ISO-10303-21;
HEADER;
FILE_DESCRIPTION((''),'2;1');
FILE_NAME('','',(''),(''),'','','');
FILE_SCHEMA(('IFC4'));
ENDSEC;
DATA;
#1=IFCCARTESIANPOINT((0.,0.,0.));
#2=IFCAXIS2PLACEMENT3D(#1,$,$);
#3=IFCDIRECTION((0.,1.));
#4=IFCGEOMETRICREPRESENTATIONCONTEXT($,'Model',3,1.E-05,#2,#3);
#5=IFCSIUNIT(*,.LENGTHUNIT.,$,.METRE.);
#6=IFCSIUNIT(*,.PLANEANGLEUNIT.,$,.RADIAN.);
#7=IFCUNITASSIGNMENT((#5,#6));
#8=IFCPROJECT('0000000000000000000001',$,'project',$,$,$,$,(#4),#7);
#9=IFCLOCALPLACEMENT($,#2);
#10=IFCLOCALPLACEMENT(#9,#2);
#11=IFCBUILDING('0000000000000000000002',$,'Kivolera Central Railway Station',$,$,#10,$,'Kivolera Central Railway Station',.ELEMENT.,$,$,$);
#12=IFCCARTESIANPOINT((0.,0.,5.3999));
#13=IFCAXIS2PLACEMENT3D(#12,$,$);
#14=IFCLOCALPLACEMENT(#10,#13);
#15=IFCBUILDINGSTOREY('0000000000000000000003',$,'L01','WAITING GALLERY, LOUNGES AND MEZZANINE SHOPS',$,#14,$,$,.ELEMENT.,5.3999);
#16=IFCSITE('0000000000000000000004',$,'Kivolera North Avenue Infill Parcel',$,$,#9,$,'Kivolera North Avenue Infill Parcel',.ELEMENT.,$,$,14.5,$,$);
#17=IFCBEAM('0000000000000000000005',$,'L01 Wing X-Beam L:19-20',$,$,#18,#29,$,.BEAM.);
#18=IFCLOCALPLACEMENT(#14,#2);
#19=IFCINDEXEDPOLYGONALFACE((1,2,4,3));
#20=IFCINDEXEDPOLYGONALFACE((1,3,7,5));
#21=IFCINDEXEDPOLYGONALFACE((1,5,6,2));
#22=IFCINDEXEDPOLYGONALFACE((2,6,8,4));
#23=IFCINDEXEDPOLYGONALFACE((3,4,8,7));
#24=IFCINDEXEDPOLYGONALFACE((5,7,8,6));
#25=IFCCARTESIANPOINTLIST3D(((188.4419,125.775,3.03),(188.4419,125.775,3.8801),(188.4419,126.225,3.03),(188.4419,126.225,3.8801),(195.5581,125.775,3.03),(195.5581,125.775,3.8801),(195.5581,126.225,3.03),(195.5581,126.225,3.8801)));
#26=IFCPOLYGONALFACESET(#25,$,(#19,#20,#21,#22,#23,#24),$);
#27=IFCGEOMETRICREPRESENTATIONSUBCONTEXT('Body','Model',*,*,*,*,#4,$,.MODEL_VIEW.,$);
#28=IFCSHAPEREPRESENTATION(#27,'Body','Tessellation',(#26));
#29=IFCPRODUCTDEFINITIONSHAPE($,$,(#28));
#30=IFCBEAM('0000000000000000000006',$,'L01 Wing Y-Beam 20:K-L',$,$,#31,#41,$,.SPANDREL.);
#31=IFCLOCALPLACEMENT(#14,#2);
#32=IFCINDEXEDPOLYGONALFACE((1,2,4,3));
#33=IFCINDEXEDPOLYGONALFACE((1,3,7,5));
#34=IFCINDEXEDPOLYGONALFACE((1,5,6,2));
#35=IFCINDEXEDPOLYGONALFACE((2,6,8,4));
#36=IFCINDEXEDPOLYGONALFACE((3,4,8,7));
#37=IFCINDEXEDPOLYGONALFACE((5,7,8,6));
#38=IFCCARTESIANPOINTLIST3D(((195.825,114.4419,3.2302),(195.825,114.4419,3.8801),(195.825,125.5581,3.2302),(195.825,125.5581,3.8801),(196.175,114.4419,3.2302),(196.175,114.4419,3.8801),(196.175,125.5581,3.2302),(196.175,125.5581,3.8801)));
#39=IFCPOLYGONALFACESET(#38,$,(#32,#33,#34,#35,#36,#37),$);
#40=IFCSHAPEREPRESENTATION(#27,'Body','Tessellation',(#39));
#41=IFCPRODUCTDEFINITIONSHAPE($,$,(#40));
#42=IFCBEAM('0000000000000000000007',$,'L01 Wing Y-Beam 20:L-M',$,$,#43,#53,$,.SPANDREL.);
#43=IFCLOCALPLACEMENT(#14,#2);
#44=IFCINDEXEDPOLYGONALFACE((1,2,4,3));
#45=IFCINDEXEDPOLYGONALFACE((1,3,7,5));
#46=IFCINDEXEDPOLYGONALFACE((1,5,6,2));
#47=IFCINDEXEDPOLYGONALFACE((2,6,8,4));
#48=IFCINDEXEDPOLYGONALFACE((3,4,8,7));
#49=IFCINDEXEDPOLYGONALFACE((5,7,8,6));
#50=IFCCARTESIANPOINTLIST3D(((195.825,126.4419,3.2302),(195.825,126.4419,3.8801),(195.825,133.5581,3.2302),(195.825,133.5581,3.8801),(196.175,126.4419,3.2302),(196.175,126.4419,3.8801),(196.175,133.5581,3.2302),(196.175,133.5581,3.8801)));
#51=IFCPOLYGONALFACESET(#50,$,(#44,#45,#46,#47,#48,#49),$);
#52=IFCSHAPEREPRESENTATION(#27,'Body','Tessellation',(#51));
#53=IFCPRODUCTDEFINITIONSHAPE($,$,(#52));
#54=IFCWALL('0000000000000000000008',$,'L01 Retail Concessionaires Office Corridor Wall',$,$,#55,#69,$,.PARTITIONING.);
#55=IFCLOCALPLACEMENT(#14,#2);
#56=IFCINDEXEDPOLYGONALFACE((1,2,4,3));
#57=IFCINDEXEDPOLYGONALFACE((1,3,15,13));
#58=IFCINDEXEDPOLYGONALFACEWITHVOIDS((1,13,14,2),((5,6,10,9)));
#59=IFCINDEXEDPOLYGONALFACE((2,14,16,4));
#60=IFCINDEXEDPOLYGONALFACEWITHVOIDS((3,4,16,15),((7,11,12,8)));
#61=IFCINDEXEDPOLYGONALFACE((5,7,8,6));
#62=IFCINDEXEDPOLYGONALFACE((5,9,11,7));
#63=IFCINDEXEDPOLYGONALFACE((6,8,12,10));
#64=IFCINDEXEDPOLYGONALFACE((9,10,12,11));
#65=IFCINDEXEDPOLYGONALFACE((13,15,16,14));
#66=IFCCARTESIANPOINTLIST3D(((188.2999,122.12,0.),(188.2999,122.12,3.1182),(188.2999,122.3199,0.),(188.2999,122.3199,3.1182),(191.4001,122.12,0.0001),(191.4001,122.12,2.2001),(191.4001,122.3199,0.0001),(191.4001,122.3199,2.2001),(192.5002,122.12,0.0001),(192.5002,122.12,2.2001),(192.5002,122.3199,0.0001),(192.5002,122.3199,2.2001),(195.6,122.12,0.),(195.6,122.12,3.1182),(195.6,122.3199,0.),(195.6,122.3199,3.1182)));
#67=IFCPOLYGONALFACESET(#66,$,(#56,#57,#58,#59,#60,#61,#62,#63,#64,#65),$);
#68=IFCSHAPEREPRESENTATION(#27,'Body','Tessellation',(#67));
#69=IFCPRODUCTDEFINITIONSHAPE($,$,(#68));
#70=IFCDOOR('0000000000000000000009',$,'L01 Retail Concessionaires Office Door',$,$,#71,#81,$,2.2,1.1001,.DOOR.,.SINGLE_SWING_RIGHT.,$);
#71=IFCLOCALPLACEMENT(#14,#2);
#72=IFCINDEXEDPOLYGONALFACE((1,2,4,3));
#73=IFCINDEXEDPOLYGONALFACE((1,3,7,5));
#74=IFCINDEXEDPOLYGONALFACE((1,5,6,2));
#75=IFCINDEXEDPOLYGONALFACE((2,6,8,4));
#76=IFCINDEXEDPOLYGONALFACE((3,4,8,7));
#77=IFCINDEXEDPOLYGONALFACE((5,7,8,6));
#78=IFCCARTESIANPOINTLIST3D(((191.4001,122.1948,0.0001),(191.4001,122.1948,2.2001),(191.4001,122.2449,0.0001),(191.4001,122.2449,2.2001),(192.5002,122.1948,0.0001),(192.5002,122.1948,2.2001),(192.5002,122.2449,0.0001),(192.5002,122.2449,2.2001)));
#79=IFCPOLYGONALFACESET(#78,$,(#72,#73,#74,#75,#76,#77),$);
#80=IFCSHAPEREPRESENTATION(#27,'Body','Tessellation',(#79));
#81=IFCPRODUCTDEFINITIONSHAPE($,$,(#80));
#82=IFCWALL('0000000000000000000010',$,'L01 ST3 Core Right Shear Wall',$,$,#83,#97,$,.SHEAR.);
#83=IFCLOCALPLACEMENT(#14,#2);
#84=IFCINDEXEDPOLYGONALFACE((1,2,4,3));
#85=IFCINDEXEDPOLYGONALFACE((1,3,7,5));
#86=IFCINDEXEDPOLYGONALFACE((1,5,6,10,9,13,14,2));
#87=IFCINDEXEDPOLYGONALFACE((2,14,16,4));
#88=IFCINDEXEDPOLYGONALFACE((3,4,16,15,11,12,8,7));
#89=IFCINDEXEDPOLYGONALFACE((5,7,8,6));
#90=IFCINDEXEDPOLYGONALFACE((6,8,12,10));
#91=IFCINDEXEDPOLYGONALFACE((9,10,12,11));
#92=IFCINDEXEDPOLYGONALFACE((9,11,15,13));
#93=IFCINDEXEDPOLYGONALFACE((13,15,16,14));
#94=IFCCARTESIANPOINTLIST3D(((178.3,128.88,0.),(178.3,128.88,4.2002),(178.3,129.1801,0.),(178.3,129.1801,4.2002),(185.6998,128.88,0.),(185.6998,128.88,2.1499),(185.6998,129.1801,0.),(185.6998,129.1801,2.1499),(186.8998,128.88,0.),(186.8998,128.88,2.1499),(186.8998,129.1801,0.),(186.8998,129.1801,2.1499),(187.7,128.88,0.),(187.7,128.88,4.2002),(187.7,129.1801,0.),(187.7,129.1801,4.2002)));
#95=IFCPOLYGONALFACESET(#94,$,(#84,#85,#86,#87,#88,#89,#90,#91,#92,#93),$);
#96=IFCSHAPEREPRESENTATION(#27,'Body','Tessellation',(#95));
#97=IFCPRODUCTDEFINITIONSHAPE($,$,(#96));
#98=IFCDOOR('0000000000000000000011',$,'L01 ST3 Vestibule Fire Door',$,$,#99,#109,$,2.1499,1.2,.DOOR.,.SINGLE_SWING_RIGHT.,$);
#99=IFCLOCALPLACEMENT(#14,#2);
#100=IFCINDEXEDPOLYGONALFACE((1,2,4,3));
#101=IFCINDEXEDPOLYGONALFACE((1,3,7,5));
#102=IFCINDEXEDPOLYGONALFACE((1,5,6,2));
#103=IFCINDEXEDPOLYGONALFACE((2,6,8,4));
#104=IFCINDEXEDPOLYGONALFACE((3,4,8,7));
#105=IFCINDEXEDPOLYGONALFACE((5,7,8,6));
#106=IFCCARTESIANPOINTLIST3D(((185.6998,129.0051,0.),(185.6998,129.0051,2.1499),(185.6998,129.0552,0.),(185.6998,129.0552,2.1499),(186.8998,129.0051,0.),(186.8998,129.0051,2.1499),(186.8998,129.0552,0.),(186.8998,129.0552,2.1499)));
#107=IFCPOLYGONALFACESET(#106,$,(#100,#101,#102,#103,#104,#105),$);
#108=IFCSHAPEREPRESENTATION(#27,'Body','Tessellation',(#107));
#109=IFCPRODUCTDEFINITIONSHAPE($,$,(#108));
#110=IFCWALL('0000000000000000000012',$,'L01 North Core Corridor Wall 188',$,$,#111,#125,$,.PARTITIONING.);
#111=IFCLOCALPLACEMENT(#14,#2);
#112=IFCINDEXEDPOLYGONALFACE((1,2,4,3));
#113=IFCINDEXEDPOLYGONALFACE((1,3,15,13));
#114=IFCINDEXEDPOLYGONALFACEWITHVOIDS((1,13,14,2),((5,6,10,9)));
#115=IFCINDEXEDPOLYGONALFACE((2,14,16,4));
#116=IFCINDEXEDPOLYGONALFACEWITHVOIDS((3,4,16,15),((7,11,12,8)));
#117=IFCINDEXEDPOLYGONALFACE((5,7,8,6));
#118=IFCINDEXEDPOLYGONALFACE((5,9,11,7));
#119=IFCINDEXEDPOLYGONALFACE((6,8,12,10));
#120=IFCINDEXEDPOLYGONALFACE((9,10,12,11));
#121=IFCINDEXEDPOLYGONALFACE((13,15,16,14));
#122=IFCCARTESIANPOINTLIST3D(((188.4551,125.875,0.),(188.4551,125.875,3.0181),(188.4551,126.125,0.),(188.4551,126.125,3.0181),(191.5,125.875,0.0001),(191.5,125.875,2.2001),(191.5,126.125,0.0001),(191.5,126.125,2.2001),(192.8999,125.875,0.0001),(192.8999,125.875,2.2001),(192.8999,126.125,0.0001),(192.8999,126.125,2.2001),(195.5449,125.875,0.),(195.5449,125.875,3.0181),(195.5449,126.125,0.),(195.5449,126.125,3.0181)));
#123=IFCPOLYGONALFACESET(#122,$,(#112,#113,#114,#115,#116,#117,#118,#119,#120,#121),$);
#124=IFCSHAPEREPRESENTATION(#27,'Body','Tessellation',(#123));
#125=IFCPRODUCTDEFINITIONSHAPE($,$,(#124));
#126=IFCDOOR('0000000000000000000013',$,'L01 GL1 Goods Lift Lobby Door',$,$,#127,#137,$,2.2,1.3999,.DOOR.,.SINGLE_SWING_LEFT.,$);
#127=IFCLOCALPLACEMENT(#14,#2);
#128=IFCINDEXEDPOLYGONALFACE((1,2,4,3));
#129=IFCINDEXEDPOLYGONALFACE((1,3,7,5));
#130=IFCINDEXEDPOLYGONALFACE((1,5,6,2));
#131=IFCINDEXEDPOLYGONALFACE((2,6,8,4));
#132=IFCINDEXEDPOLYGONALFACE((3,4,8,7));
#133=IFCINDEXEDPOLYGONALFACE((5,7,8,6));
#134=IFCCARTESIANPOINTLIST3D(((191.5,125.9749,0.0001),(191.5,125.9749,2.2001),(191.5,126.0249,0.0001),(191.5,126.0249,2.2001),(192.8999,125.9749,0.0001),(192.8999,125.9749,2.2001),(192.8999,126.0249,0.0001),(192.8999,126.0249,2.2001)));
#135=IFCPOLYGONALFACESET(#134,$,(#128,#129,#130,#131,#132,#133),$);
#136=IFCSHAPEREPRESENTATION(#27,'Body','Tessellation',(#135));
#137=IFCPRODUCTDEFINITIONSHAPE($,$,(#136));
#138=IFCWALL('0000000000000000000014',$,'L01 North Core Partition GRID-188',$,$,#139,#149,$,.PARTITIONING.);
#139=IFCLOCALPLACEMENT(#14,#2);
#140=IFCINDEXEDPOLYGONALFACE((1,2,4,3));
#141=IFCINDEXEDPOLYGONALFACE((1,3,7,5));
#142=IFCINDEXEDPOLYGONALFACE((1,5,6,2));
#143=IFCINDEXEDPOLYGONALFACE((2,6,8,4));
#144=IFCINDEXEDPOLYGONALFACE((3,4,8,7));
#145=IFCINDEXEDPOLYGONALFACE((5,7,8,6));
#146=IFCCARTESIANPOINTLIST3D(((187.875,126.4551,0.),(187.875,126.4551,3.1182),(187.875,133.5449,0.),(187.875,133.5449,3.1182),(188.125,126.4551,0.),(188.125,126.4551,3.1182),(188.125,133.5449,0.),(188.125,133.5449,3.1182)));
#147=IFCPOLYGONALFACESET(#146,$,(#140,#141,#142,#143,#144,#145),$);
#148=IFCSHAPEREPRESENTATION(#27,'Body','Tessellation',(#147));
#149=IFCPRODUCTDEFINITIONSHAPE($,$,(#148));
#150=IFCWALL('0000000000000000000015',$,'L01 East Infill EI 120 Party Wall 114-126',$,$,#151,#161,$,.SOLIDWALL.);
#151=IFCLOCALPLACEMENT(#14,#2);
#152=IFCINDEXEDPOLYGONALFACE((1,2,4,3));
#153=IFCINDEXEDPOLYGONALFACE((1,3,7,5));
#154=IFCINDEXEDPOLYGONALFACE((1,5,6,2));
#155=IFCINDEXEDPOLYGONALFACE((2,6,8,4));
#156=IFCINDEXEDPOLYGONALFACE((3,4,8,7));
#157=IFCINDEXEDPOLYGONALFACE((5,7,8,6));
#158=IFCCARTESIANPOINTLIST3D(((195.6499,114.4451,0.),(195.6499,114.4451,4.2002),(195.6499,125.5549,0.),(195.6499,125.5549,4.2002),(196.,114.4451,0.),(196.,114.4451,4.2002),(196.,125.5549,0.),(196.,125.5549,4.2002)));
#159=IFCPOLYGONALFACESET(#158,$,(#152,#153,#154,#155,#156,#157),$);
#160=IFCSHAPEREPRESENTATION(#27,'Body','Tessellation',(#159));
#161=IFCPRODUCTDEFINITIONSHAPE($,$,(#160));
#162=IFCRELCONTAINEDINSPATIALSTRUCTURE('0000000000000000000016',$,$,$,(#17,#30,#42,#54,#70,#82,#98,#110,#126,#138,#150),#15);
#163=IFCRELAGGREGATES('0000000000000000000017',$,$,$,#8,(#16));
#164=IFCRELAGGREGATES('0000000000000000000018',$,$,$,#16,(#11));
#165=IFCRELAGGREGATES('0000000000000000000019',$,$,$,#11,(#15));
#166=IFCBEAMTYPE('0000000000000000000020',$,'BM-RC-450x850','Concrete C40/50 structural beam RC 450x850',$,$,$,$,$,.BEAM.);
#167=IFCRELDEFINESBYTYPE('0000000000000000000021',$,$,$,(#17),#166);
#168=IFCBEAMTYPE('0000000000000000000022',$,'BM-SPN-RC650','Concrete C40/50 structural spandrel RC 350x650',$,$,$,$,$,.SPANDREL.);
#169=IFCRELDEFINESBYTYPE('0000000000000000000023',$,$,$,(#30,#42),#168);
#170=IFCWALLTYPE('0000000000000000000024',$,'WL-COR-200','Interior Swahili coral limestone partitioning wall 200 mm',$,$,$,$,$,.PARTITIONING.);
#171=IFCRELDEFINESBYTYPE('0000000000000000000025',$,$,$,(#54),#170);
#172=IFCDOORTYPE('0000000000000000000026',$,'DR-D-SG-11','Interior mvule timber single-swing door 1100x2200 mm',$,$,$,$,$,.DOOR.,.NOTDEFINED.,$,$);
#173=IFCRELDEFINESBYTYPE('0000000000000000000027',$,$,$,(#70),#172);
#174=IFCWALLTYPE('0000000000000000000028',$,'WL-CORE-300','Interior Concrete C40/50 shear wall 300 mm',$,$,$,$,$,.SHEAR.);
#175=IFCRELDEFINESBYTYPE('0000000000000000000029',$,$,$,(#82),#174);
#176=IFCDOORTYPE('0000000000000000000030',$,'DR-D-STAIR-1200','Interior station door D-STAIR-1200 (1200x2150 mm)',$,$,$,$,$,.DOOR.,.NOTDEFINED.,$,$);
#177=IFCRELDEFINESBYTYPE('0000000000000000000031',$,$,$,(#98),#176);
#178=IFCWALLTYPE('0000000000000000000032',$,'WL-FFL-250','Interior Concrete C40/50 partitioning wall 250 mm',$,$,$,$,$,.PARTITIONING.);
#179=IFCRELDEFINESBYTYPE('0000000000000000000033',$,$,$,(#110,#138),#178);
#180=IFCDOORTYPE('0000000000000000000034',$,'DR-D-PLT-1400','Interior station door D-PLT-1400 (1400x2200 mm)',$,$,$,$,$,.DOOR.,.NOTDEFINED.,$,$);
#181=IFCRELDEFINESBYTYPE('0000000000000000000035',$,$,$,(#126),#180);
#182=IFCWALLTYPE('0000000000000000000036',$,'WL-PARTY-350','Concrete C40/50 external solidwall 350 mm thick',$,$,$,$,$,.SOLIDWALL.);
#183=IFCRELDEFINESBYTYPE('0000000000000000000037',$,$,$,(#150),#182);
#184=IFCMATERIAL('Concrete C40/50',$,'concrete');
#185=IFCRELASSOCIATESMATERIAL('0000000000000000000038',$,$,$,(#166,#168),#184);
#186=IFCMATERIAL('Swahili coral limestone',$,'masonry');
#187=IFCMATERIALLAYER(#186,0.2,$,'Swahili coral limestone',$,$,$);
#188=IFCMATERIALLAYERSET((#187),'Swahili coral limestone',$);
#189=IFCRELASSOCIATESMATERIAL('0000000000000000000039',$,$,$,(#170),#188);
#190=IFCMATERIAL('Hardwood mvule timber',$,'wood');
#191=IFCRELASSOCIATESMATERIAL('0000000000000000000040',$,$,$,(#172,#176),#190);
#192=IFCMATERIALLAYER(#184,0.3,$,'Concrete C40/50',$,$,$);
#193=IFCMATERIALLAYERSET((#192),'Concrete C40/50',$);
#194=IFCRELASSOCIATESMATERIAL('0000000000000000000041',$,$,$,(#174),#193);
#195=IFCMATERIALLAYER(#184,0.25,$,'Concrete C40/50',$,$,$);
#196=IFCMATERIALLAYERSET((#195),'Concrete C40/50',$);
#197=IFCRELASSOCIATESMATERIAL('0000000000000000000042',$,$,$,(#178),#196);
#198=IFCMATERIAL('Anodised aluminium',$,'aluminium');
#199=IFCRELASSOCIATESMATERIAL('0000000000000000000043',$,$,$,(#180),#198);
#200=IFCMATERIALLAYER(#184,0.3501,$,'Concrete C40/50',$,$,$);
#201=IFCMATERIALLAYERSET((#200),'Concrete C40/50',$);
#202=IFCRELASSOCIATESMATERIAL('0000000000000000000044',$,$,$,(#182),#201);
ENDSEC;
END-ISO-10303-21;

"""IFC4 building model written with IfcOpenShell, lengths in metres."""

from ifc_helpers import new_model, si_unit, direction, frame, frame_2d, origin, origin_2d, place, context, subcontext, project, spatial, rectangle, extrude, material, layer, layer_set, material_profile, profile_set, type_object, element, fill, save


model = new_model("IFC4")

# Units and contexts
model_context = context("Model", 3, precision=1e-05, world=origin(), true_north=direction((0.0, 1.0)))
body_context = subcontext(model_context, "Body", "Model", "MODEL_VIEW")
ifc_project = project(units=[si_unit("LENGTHUNIT", "METRE"), si_unit("PLANEANGLEUNIT", "RADIAN")], contexts=[model_context])

# Site, building, storey
site_placement = place(None, origin())
site = spatial("IfcSite", under=ifc_project, at=site_placement, Name="Kivolera North Avenue Infill Parcel", LongName="Kivolera North Avenue Infill Parcel", CompositionType="ELEMENT", RefElevation=14.5)
building_placement = place(site_placement, origin())
building = spatial("IfcBuilding", under=site, at=building_placement, Name="Kivolera Central Railway Station", LongName="Kivolera Central Railway Station", CompositionType="ELEMENT")
storey_placement = place(building_placement, frame((0.0, 0.0, 5.3999)))
storey = spatial("IfcBuildingStorey", under=building, at=storey_placement, Name="L01", Description="WAITING GALLERY, LOUNGES AND MEZZANINE SHOPS", CompositionType="ELEMENT", Elevation=5.3999)

# Shared definitions
ifc_material_1 = material(Name="Concrete C40/50", Category="concrete")

# Beams
ifc_material_profile_1 = material_profile(ifc_material_1, rectangle(XDim=0.45, YDim=0.8501, at=origin_2d()), Name="RC 450x850")
ifc_profile_set_1 = profile_set([ifc_material_profile_1], Name="Concrete C40/50")
beam_type_1 = type_object("IfcBeamType", Name="BM-RC-450x850", Description="Concrete C40/50 structural beam RC 450x850", PredefinedType="BEAM", material=ifc_profile_set_1)
beam_1_placement = place(storey_placement, frame((188.4419, 126.0, 3.4551), z_axis=(1.0, 0.0, 0.0), x_axis=(0.0, 1.0, 0.0)))
element("IfcBeam", 1, at=beam_1_placement, inside=storey, type_object=beam_type_1, Name="L01 Wing X-Beam L:19-20", PredefinedType="BEAM", context=body_context, shape_type="SweptSolid", body=[
    extrude(rectangle(XDim=0.45, YDim=0.8501, at=origin_2d()), origin(), (0.0, 0.0, 1.0), 7.1162),
])
ifc_material_profile_2 = material_profile(ifc_material_1, rectangle(XDim=0.3501, YDim=0.6499, at=origin_2d()), Name="RC 350x650")
ifc_profile_set_2 = profile_set([ifc_material_profile_2], Name="Concrete C40/50")
beam_type_2 = type_object("IfcBeamType", Name="BM-SPN-RC650", Description="Concrete C40/50 structural spandrel RC 350x650", PredefinedType="SPANDREL", material=ifc_profile_set_2)
beam_2_placement = place(storey_placement, frame((196.0, 114.4419, 3.5552), z_axis=(0.0, 1.0, 0.0), x_axis=(-1.0, 0.0, 0.0)))
element("IfcBeam", 2, at=beam_2_placement, inside=storey, type_object=beam_type_2, Name="L01 Wing Y-Beam 20:K-L", PredefinedType="SPANDREL", context=body_context, shape_type="SweptSolid", body=[
    extrude(rectangle(XDim=0.3501, YDim=0.6499, at=origin_2d()), origin(), (0.0, 0.0, 1.0), 11.1162),
])
beam_3_placement = place(storey_placement, frame((196.0, 126.4419, 3.5552), z_axis=(0.0, 1.0, 0.0), x_axis=(-1.0, 0.0, 0.0)))
element("IfcBeam", 3, at=beam_3_placement, inside=storey, type_object=beam_type_2, Name="L01 Wing Y-Beam 20:L-M", PredefinedType="SPANDREL", context=body_context, shape_type="SweptSolid", body=[
    extrude(rectangle(XDim=0.3501, YDim=0.6499, at=origin_2d()), origin(), (0.0, 0.0, 1.0), 7.1162),
])

# Walls, openings, doors
ifc_material_2 = material(Name="Swahili coral limestone", Category="masonry")
ifc_layer_1 = layer(ifc_material_2, 0.2, Name="Swahili coral limestone")
ifc_layer_set_1 = layer_set([ifc_layer_1], Name="Swahili coral limestone")
wall_type_1 = type_object("IfcWallType", Name="WL-COR-200", Description="Interior Swahili coral limestone partitioning wall 200 mm", PredefinedType="PARTITIONING", material=ifc_layer_set_1)
wall_1_placement = place(storey_placement, frame((188.3, 122.22, 0.0), z_axis=(0.0, 0.0, 1.0), x_axis=(1.0, 0.0, 0.0)))
wall_1 = element("IfcWall", 4, at=wall_1_placement, inside=storey, type_object=wall_type_1, Name="L01 Retail Concessionaires Office Corridor Wall", PredefinedType="PARTITIONING", context=body_context, shape_type="SweptSolid", body=[
    extrude(rectangle(XDim=7.3, YDim=0.2, at=frame_2d((3.6499, 0.0))), origin(), (0.0, 0.0, 1.0), 3.1182),
])
opening_1_placement = place(wall_1_placement, frame((3.1001, 0.0, 0.0)))
opening_1 = element("IfcOpeningElement", 5, at=opening_1_placement, cuts=wall_1, PredefinedType="OPENING", context=body_context, shape_type="SweptSolid", body=[
    extrude(rectangle(XDim=1.1001, YDim=2.2, at=frame_2d((0.55, 1.1001))), frame((0.0, 0.1099, 0.0), z_axis=(0.0, -1.0, 0.0), x_axis=(1.0, 0.0, 0.0)), (0.0, 0.0, 1.0), 0.22),
])
ifc_material_3 = material(Name="Hardwood mvule timber", Category="wood")
door_type_1 = type_object("IfcDoorType", Name="DR-D-SG-11", Description="Interior mvule timber single-swing door 1100x2200 mm", OperationType="NOTDEFINED", PredefinedType="DOOR", material=ifc_material_3)
door_1_placement = place(opening_1_placement, origin())
door_1 = element("IfcDoor", 6, at=door_1_placement, inside=storey, type_object=door_type_1, Name="L01 Retail Concessionaires Office Door", OperationType="SINGLE_SWING_RIGHT", OverallHeight=2.2, OverallWidth=1.1001, PredefinedType="DOOR", context=body_context, shape_type="SweptSolid", body=[
    extrude(rectangle(XDim=1.1001, YDim=2.2, at=frame_2d((0.55, 1.1001))), frame((0.0, 0.0249, 0.0), z_axis=(0.0, -1.0, 0.0), x_axis=(1.0, 0.0, 0.0)), (0.0, 0.0, 1.0), 0.05),
])
fill(opening_1, door_1)
ifc_layer_2 = layer(ifc_material_1, 0.3, Name="Concrete C40/50")
ifc_layer_set_2 = layer_set([ifc_layer_2], Name="Concrete C40/50")
wall_type_2 = type_object("IfcWallType", Name="WL-CORE-300", Description="Interior Concrete C40/50 shear wall 300 mm", PredefinedType="SHEAR", material=ifc_layer_set_2)
wall_2_placement = place(storey_placement, frame((187.7, 129.03, 0.0), z_axis=(0.0, 0.0, 1.0), x_axis=(-1.0, 0.0, 0.0)))
wall_2 = element("IfcWall", 7, at=wall_2_placement, inside=storey, type_object=wall_type_2, Name="L01 ST3 Core Right Shear Wall", PredefinedType="SHEAR", context=body_context, shape_type="SweptSolid", body=[
    extrude(rectangle(XDim=9.3999, YDim=0.3, at=frame_2d((4.7, 0.0))), origin(), (0.0, 0.0, 1.0), 4.2002),
])
opening_2_placement = place(wall_2_placement, frame((0.8, 0.0, 0.0)))
opening_2 = element("IfcOpeningElement", 8, at=opening_2_placement, cuts=wall_2, PredefinedType="OPENING", context=body_context, shape_type="SweptSolid", body=[
    extrude(rectangle(XDim=1.2, YDim=2.1499, at=frame_2d((0.6001, 1.075))), frame((0.0, 0.1599, 0.0), z_axis=(0.0, -1.0, 0.0), x_axis=(1.0, 0.0, 0.0)), (0.0, 0.0, 1.0), 0.3201),
])
door_type_2 = type_object("IfcDoorType", Name="DR-D-STAIR-1200", Description="Interior station door D-STAIR-1200 (1200x2150 mm)", OperationType="NOTDEFINED", PredefinedType="DOOR", material=ifc_material_3)
door_2_placement = place(opening_2_placement, origin())
door_2 = element("IfcDoor", 9, at=door_2_placement, inside=storey, type_object=door_type_2, Name="L01 ST3 Vestibule Fire Door", OperationType="SINGLE_SWING_RIGHT", OverallHeight=2.1499, OverallWidth=1.2, PredefinedType="DOOR", context=body_context, shape_type="SweptSolid", body=[
    extrude(rectangle(XDim=1.2, YDim=2.1499, at=frame_2d((0.6001, 1.075))), frame((0.0, 0.0249, 0.0), z_axis=(0.0, -1.0, 0.0), x_axis=(1.0, 0.0, 0.0)), (0.0, 0.0, 1.0), 0.05),
])
fill(opening_2, door_2)
ifc_layer_3 = layer(ifc_material_1, 0.25, Name="Concrete C40/50")
ifc_layer_set_3 = layer_set([ifc_layer_3], Name="Concrete C40/50")
wall_type_3 = type_object("IfcWallType", Name="WL-FFL-250", Description="Interior Concrete C40/50 partitioning wall 250 mm", PredefinedType="PARTITIONING", material=ifc_layer_set_3)
wall_3_placement = place(storey_placement, frame((188.4551, 126.0, 0.0), z_axis=(0.0, 0.0, 1.0), x_axis=(1.0, 0.0, 0.0)))
wall_3 = element("IfcWall", 10, at=wall_3_placement, inside=storey, type_object=wall_type_3, Name="L01 North Core Corridor Wall 188", PredefinedType="PARTITIONING", context=body_context, shape_type="SweptSolid", body=[
    extrude(rectangle(XDim=7.0898, YDim=0.25, at=frame_2d((3.5449, 0.0))), origin(), (0.0, 0.0, 1.0), 3.0181),
])
opening_3_placement = place(wall_3_placement, frame((3.0449, 0.0, 0.0)))
opening_3 = element("IfcOpeningElement", 11, at=opening_3_placement, cuts=wall_3, PredefinedType="OPENING", context=body_context, shape_type="SweptSolid", body=[
    extrude(rectangle(XDim=1.3999, YDim=2.2, at=frame_2d((0.7, 1.1001))), frame((0.0, 0.135, 0.0), z_axis=(0.0, -1.0, 0.0), x_axis=(1.0, 0.0, 0.0)), (0.0, 0.0, 1.0), 0.27),
])
ifc_material_4 = material(Name="Anodised aluminium", Category="aluminium")
door_type_3 = type_object("IfcDoorType", Name="DR-D-PLT-1400", Description="Interior station door D-PLT-1400 (1400x2200 mm)", OperationType="NOTDEFINED", PredefinedType="DOOR", material=ifc_material_4)
door_3_placement = place(opening_3_placement, origin())
door_3 = element("IfcDoor", 12, at=door_3_placement, inside=storey, type_object=door_type_3, Name="L01 GL1 Goods Lift Lobby Door", OperationType="SINGLE_SWING_LEFT", OverallHeight=2.2, OverallWidth=1.3999, PredefinedType="DOOR", context=body_context, shape_type="SweptSolid", body=[
    extrude(rectangle(XDim=1.3999, YDim=2.2, at=frame_2d((0.7, 1.1001))), frame((0.0, 0.0249, 0.0), z_axis=(0.0, -1.0, 0.0), x_axis=(1.0, 0.0, 0.0)), (0.0, 0.0, 1.0), 0.05),
])
fill(opening_3, door_3)

# Walls
wall_4_placement = place(storey_placement, frame((188.0, 126.4551, 0.0), z_axis=(0.0, 0.0, 1.0), x_axis=(0.0, 1.0, 0.0)))
element("IfcWall", 13, at=wall_4_placement, inside=storey, type_object=wall_type_3, Name="L01 North Core Partition GRID-188", PredefinedType="PARTITIONING", context=body_context, shape_type="SweptSolid", body=[
    extrude(rectangle(XDim=7.0898, YDim=0.25, at=frame_2d((3.5449, 0.0))), origin(), (0.0, 0.0, 1.0), 3.1182),
])
ifc_layer_4 = layer(ifc_material_1, 0.3501, Name="Concrete C40/50")
ifc_layer_set_4 = layer_set([ifc_layer_4], Name="Concrete C40/50")
wall_type_4 = type_object("IfcWallType", Name="WL-PARTY-350", Description="Concrete C40/50 external solidwall 350 mm thick", PredefinedType="SOLIDWALL", material=ifc_layer_set_4)
wall_5_placement = place(storey_placement, frame((195.825, 125.5549, 0.0), z_axis=(0.0, 0.0, 1.0), x_axis=(0.0, -1.0, 0.0)))
element("IfcWall", 14, at=wall_5_placement, inside=storey, type_object=wall_type_4, Name="L01 East Infill EI 120 Party Wall 114-126", PredefinedType="SOLIDWALL", context=body_context, shape_type="SweptSolid", body=[
    extrude(rectangle(XDim=11.1099, YDim=0.3501, at=frame_2d((5.5549, 0.0))), origin(), (0.0, 0.0, 1.0), 4.2002),
])

save(model, "model.ifc")
